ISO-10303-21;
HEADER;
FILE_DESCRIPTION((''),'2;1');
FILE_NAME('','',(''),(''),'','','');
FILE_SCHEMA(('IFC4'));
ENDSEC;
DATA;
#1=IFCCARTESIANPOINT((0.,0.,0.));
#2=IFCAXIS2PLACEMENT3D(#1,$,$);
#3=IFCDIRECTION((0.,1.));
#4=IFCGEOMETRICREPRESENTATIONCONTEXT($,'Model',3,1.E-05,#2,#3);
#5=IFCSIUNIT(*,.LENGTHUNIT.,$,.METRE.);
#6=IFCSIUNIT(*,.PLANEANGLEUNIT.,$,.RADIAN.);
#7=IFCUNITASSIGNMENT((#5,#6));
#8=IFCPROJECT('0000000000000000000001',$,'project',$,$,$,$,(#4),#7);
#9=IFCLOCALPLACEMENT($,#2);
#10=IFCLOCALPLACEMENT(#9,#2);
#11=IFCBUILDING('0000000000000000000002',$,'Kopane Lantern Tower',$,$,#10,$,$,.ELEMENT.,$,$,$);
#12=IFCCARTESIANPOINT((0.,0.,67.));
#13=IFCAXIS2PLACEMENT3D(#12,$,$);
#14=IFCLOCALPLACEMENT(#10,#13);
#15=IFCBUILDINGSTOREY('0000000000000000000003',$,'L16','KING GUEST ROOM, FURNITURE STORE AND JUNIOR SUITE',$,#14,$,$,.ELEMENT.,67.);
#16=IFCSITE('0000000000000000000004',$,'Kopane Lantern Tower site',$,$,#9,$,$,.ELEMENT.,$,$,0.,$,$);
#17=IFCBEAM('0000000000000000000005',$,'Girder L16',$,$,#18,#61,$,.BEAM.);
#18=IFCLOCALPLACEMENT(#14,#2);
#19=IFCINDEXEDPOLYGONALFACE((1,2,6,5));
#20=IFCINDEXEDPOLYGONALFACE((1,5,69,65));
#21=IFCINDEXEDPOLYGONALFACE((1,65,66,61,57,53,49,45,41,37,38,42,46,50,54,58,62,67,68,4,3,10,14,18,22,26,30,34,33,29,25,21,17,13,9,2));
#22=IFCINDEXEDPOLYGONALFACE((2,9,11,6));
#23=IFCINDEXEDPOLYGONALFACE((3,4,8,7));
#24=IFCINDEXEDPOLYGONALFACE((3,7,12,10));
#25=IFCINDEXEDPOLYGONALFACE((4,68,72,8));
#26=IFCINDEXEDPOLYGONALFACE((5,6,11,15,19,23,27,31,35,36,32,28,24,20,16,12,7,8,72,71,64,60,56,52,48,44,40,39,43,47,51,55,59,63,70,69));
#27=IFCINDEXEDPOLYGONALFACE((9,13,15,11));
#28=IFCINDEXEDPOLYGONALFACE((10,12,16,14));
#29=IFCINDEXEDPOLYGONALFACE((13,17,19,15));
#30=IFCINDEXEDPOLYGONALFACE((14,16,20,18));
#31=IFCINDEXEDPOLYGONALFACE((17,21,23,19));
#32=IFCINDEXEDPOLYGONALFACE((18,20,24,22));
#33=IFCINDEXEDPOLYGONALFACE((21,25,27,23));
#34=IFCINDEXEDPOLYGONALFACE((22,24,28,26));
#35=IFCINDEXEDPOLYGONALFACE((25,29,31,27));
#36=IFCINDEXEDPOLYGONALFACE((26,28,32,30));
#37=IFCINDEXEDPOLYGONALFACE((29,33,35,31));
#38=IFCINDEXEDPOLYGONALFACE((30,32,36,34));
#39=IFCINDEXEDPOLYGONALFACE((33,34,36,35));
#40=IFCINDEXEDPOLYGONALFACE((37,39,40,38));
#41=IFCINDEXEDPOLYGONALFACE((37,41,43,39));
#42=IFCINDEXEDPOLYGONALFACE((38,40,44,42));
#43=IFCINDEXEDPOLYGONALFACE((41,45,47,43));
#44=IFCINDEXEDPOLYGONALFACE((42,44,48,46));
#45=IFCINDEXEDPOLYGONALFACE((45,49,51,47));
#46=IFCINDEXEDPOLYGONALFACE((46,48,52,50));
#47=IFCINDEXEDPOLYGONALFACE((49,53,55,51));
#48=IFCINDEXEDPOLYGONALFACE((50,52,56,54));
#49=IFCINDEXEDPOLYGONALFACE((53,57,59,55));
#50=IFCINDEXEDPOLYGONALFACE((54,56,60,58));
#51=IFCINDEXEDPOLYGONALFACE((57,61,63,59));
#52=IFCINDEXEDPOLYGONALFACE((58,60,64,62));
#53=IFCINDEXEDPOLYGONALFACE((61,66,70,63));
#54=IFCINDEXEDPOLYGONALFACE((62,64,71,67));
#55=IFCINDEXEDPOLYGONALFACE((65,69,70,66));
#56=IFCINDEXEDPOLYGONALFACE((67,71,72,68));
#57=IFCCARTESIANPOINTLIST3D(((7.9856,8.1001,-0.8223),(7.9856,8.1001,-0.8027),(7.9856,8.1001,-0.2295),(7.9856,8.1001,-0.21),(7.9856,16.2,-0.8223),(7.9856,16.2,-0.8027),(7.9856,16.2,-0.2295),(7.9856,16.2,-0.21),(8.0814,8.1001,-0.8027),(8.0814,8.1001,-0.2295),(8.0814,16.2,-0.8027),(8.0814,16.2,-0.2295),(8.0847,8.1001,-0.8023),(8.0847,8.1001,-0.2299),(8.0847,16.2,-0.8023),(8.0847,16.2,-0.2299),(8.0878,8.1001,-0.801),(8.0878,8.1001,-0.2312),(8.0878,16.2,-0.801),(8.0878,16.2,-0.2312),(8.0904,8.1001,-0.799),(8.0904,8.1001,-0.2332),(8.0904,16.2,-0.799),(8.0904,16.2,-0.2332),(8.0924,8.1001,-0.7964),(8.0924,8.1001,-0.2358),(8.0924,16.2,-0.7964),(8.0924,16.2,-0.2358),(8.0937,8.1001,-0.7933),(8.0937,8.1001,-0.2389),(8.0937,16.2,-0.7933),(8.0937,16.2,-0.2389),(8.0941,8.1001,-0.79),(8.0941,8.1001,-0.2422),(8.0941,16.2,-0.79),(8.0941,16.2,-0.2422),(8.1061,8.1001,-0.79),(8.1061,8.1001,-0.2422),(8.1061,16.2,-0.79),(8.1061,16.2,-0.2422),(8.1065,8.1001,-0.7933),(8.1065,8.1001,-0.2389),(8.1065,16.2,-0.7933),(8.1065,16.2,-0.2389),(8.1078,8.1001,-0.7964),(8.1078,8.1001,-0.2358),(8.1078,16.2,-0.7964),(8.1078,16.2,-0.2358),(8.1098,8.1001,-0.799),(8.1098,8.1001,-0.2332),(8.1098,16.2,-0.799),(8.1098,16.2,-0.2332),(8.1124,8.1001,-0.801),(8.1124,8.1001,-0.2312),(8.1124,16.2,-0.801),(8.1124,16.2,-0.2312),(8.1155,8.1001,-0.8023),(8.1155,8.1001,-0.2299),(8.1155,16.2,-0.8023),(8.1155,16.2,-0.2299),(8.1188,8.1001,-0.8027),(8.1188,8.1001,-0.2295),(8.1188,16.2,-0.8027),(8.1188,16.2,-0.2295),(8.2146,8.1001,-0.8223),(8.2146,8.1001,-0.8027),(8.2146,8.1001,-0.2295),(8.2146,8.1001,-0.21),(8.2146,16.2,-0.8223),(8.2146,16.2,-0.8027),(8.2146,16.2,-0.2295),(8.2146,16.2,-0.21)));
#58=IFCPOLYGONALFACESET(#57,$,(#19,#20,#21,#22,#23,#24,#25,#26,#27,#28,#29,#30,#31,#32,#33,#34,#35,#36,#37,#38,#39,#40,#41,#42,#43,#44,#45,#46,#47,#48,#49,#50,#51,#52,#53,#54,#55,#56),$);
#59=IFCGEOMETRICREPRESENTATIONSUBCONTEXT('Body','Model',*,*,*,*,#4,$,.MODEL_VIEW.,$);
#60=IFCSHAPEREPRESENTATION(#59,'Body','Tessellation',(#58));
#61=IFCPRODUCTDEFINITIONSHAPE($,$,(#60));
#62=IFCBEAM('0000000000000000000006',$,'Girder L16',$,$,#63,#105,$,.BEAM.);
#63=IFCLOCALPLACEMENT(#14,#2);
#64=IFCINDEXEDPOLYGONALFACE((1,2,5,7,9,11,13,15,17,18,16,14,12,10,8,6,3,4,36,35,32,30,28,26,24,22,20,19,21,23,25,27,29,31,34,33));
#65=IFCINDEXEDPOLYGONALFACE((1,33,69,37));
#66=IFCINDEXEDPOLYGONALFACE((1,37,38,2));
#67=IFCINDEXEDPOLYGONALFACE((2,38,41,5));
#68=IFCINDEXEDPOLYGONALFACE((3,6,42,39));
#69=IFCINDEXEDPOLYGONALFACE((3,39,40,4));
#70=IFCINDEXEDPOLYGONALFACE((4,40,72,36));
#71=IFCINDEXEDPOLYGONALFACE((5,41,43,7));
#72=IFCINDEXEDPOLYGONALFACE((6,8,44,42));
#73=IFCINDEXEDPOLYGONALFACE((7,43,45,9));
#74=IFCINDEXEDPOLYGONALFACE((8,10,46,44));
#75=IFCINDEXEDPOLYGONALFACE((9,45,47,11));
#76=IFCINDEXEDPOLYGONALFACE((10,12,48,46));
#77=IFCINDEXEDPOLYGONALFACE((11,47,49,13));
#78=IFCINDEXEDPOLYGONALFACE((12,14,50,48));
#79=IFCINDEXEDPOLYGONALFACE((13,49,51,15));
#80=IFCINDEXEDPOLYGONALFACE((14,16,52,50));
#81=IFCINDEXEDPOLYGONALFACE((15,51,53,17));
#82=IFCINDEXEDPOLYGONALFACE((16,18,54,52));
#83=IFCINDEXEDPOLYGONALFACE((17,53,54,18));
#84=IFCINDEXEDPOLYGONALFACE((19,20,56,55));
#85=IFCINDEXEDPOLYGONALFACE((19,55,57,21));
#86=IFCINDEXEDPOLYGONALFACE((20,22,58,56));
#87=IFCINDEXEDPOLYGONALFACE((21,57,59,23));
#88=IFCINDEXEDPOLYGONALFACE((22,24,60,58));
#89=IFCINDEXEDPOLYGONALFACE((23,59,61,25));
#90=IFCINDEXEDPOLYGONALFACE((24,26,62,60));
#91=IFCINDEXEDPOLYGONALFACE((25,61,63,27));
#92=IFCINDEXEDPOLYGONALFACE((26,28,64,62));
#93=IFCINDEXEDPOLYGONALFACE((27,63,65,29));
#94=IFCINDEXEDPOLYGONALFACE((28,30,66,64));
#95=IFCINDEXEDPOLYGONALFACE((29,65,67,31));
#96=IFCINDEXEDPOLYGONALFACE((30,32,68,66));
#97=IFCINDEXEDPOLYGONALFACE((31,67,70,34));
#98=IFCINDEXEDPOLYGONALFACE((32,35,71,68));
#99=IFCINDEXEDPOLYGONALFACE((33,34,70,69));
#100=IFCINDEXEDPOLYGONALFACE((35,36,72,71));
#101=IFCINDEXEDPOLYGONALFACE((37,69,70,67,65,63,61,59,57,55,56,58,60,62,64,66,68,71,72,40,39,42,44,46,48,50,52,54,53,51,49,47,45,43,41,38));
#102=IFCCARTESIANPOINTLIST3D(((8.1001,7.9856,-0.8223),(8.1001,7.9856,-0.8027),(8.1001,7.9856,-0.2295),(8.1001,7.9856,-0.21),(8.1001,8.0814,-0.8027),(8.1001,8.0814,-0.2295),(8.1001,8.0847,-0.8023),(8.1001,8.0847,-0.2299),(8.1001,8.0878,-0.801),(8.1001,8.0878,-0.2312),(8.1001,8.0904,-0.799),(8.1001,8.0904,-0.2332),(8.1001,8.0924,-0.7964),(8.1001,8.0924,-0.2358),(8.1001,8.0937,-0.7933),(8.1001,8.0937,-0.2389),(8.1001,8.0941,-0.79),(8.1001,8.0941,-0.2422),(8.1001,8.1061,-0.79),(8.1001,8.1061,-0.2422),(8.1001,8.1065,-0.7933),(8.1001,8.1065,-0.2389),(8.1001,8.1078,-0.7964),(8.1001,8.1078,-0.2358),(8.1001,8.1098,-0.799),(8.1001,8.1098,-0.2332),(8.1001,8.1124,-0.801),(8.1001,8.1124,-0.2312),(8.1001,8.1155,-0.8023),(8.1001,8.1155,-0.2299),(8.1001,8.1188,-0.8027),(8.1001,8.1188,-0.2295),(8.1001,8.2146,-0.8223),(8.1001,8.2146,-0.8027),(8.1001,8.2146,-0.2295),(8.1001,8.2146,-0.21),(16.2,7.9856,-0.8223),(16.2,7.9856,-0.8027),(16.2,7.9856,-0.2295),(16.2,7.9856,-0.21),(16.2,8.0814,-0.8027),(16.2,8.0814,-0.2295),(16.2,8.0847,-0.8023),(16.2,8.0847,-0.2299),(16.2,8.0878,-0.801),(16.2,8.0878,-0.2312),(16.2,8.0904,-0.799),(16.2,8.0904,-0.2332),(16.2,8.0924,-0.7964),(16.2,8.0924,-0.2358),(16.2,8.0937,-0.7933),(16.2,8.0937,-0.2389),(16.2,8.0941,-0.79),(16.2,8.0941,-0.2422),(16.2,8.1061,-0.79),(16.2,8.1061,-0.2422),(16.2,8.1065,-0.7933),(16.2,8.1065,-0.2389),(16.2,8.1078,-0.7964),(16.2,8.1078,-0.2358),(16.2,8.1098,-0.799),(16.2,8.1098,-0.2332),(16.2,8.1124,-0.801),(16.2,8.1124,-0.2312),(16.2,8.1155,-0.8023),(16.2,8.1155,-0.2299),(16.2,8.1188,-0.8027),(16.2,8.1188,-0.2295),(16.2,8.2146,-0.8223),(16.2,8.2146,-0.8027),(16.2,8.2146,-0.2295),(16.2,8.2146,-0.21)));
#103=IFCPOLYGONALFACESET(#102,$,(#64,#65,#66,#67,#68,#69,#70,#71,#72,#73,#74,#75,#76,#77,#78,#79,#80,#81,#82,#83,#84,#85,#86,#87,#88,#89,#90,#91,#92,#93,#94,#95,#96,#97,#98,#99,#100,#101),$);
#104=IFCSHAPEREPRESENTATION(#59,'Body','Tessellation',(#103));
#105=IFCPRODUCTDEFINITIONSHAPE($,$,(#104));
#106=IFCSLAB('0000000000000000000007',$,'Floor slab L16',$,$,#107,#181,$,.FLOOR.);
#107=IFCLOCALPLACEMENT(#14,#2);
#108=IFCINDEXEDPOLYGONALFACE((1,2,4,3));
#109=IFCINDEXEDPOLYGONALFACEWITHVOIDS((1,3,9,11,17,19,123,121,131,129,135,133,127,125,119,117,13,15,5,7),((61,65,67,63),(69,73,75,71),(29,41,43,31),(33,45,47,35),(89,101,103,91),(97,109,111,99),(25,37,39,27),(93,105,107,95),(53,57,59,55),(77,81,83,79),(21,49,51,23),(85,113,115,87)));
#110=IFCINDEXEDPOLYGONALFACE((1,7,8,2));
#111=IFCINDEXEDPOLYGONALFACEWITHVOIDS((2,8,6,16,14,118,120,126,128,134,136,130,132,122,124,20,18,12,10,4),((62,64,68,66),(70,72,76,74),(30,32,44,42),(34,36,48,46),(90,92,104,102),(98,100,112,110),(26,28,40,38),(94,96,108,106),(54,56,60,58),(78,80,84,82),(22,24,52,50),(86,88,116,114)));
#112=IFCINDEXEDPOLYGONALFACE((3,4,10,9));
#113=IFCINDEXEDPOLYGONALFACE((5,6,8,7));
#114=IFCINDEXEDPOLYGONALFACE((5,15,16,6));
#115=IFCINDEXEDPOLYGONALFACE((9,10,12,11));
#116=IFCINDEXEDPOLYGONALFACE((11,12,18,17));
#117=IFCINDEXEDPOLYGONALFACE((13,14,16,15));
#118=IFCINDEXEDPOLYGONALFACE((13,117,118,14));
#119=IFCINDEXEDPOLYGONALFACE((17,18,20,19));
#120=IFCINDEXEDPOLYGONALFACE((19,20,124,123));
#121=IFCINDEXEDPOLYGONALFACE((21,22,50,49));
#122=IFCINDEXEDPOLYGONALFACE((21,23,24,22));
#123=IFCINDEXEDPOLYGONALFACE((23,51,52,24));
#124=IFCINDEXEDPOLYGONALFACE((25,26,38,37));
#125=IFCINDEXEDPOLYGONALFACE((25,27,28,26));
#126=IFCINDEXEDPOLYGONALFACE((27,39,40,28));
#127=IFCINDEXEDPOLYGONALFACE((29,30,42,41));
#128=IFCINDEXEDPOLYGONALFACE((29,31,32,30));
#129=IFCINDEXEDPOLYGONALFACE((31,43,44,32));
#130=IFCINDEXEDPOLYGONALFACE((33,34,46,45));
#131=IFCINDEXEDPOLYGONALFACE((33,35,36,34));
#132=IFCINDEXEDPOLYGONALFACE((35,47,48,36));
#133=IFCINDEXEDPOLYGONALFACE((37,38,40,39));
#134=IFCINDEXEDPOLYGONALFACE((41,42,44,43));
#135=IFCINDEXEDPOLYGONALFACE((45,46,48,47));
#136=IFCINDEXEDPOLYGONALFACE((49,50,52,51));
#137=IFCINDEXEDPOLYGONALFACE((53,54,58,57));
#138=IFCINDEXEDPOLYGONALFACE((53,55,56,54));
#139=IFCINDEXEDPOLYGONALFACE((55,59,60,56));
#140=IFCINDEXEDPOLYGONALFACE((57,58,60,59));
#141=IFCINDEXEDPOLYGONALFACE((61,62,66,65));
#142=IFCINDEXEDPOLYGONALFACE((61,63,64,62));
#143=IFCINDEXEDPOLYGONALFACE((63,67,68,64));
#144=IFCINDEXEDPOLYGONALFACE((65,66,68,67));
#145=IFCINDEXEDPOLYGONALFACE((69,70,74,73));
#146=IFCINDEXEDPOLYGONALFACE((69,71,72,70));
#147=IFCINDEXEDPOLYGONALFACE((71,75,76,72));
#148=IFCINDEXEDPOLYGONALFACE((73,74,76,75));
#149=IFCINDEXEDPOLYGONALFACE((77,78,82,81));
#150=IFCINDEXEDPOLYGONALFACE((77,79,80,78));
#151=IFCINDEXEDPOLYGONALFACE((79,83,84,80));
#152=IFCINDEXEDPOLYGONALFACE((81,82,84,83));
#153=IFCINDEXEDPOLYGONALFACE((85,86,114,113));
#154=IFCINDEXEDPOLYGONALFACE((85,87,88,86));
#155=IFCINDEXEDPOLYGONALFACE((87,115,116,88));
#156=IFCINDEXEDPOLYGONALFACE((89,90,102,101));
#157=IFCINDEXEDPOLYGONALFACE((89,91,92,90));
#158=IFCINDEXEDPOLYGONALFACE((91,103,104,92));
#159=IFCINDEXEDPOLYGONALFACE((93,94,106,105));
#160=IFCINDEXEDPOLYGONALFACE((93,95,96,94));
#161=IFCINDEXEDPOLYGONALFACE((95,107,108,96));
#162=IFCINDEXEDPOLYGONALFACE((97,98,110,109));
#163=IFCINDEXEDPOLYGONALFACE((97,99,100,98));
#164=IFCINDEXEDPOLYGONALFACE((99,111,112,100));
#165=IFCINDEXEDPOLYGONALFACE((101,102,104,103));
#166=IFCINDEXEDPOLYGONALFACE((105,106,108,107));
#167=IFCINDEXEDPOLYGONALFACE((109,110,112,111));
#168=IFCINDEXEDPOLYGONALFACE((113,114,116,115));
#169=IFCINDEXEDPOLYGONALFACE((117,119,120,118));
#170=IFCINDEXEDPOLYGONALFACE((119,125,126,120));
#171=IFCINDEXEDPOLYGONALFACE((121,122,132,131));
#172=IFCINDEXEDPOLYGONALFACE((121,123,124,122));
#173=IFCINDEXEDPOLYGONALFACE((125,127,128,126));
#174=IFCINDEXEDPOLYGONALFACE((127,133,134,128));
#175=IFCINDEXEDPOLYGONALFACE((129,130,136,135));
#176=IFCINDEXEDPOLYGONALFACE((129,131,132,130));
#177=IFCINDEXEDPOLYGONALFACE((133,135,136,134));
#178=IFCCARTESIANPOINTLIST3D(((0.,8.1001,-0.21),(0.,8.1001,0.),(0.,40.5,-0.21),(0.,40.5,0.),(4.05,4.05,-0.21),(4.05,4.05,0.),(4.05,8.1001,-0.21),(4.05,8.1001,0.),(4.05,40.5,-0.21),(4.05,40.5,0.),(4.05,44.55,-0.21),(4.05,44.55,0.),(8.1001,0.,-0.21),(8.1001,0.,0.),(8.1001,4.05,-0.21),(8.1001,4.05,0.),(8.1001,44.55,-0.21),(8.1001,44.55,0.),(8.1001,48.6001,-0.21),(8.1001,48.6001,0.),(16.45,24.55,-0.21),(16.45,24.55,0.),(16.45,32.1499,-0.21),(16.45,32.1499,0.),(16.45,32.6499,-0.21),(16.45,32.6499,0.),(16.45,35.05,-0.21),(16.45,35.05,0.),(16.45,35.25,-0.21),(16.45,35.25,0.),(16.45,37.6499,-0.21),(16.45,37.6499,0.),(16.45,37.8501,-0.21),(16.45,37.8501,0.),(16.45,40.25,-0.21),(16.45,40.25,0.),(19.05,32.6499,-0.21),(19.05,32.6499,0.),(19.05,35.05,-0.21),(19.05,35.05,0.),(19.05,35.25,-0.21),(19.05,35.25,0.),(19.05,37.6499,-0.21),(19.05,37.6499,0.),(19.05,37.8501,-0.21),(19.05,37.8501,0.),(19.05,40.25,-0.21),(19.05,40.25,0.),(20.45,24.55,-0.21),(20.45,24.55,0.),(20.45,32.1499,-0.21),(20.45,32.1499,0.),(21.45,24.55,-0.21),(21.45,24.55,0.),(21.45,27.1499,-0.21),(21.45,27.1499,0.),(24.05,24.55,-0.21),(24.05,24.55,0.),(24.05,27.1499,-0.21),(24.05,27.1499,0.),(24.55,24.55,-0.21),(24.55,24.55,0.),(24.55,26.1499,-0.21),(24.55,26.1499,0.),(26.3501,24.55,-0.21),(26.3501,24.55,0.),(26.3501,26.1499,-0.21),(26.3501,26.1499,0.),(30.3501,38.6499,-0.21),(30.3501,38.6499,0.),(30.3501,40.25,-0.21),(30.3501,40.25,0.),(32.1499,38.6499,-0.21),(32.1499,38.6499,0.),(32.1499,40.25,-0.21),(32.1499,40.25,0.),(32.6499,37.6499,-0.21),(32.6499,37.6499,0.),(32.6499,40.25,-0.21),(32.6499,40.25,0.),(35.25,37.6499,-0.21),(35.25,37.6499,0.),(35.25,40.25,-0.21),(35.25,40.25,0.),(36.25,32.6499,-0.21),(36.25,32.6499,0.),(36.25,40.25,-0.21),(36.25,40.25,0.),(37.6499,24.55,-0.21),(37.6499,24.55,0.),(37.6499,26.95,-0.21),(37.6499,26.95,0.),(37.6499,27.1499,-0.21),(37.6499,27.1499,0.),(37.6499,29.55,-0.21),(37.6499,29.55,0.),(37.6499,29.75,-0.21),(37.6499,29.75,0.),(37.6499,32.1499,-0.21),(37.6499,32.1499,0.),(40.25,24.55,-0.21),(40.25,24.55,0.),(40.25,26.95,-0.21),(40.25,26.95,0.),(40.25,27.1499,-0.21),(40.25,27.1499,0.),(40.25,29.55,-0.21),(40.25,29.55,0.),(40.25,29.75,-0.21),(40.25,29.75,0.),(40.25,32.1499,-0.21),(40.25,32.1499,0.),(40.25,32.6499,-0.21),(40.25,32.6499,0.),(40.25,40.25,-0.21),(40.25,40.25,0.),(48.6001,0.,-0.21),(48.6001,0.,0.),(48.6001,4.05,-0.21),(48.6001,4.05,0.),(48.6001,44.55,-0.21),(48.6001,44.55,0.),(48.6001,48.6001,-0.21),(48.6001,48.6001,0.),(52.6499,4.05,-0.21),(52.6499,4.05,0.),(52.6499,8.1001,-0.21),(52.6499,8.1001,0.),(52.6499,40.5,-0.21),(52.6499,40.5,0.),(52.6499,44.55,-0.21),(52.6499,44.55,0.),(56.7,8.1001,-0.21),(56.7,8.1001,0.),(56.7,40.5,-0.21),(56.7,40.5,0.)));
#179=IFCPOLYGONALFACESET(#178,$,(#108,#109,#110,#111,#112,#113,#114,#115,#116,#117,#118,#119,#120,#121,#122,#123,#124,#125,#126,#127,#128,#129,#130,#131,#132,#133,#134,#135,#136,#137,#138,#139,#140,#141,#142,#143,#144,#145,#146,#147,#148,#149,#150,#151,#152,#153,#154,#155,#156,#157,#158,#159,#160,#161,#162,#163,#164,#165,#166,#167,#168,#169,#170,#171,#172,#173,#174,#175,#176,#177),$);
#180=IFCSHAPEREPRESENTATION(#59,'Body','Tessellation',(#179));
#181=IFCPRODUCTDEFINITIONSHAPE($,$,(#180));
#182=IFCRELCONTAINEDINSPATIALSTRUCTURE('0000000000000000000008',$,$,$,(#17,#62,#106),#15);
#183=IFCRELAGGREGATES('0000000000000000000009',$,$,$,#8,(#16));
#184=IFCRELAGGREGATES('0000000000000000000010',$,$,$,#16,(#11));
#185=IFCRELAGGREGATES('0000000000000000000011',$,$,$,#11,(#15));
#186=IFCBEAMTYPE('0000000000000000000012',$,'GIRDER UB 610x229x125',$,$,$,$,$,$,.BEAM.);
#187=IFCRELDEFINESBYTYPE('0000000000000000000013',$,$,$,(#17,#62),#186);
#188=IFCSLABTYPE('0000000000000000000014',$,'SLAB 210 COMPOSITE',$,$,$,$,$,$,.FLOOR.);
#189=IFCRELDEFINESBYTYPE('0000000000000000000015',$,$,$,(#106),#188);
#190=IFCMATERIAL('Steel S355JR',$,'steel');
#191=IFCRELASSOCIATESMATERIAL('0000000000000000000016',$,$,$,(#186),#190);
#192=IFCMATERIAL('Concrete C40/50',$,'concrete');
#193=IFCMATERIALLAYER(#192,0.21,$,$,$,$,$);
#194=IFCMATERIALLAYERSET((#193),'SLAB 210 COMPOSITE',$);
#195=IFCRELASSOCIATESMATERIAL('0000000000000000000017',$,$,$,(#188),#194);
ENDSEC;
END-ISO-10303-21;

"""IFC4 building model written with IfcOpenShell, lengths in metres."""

from ifc_helpers import new_model, si_unit, direction, frame, origin, origin_2d, place, context, subcontext, project, spatial, polyline, i_section, outline, extrude, material, layer, layer_set, material_profile, profile_set, type_object, element, save


model = new_model("IFC4")

# Units and contexts
model_context = context("Model", 3, precision=1e-05, world=origin(), true_north=direction((0.0, 1.0)))
body_context = subcontext(model_context, "Body", "Model", "MODEL_VIEW")
ifc_project = project(units=[si_unit("LENGTHUNIT", "METRE"), si_unit("PLANEANGLEUNIT", "RADIAN")], contexts=[model_context])

# Site, building, storey
site_placement = place(None, origin())
site = spatial("IfcSite", under=ifc_project, at=site_placement, Name="Kopane Lantern Tower site", CompositionType="ELEMENT", RefElevation=0.0)
building_placement = place(site_placement, origin())
building = spatial("IfcBuilding", under=site, at=building_placement, Name="Kopane Lantern Tower", CompositionType="ELEMENT")
storey_placement = place(building_placement, frame((0.0, 0.0, 67.0)))
storey = spatial("IfcBuildingStorey", under=building, at=storey_placement, Name="L16", Description="KING GUEST ROOM, FURNITURE STORE AND JUNIOR SUITE", CompositionType="ELEMENT", Elevation=67.0)

# Beams
ifc_material_1 = material(Name="Steel S355JR", Category="steel")
ifc_material_profile_1 = material_profile(ifc_material_1, i_section(OverallWidth=0.229, OverallDepth=0.6123, WebThickness=0.012, FlangeThickness=0.0195, FilletRadius=0.0127, at=origin_2d()), Name="UB 610x229x125")
ifc_profile_set_1 = profile_set([ifc_material_profile_1], Name="Steel S355JR")
beam_type_1 = type_object("IfcBeamType", Name="GIRDER UB 610x229x125", PredefinedType="BEAM", material=ifc_profile_set_1)
for number, where, z_axis, x_axis, name in (
    (1, (8.1001, 8.1001, -0.5161), (0.0, 1.0, 0.0), (-1.0, 0.0, 0.0), "Girder L16"),
    (2, (8.1001, 8.1001, -0.5161), (1.0, 0.0, 0.0), (0.0, 1.0, 0.0), "Girder L16"),
):
    element("IfcBeam", number, at=place(storey_placement, frame(where, z_axis=z_axis, x_axis=x_axis)), inside=storey, type_object=beam_type_1, Name=name, PredefinedType="BEAM", context=body_context, shape_type="SweptSolid", body=[
        extrude(i_section(OverallWidth=0.229, OverallDepth=0.6123, WebThickness=0.012, FlangeThickness=0.0195, FilletRadius=0.0127, at=origin_2d()), origin(), (0.0, 0.0, 1.0), 8.0999),
    ])

# Slab
ifc_material_2 = material(Name="Concrete C40/50", Category="concrete")
ifc_layer_1 = layer(ifc_material_2, 0.21)
ifc_layer_set_1 = layer_set([ifc_layer_1], Name="SLAB 210 COMPOSITE")
slab_type_1 = type_object("IfcSlabType", Name="SLAB 210 COMPOSITE", PredefinedType="FLOOR", material=ifc_layer_set_1)
slab_1_placement = place(storey_placement, frame((0.0, 0.0, -0.21)))
element("IfcSlab", 3, at=slab_1_placement, inside=storey, type_object=slab_type_1, Name="Floor slab L16", PredefinedType="FLOOR", context=body_context, shape_type="SweptSolid", body=[
    extrude(outline(polyline([(8.1001, 0.0), (48.6001, 0.0), (48.6001, 4.05), (52.6499, 4.05), (52.6499, 8.1001), (56.7, 8.1001), (56.7, 40.5), (52.6499, 40.5), (52.6499, 44.55), (48.6001, 44.55), (48.6001, 48.6001), (8.1001, 48.6001), (8.1001, 44.55), (4.05, 44.55), (4.05, 40.5), (0.0, 40.5), (0.0, 8.1001), (4.05, 8.1001), (4.05, 4.05), (8.1001, 4.05), (8.1001, 0.0)]), holes=[polyline([(16.45, 24.55), (20.45, 24.55), (20.45, 32.1499), (16.45, 32.1499), (16.45, 24.55)]), polyline([(36.25, 32.6499), (40.25, 32.6499), (40.25, 40.25), (36.25, 40.25), (36.25, 32.6499)]), polyline([(16.45, 32.6499), (19.05, 32.6499), (19.05, 35.05), (16.45, 35.05), (16.45, 32.6499)]), polyline([(16.45, 35.25), (19.05, 35.25), (19.05, 37.6499), (16.45, 37.6499), (16.45, 35.25)]), polyline([(16.45, 37.8501), (19.05, 37.8501), (19.05, 40.25), (16.45, 40.25), (16.45, 37.8501)]), polyline([(37.6499, 24.55), (40.25, 24.55), (40.25, 26.95), (37.6499, 26.95), (37.6499, 24.55)]), polyline([(37.6499, 27.1499), (40.25, 27.1499), (40.25, 29.55), (37.6499, 29.55), (37.6499, 27.1499)]), polyline([(37.6499, 29.75), (40.25, 29.75), (40.25, 32.1499), (37.6499, 32.1499), (37.6499, 29.75)]), polyline([(21.45, 24.55), (24.05, 24.55), (24.05, 27.1499), (21.45, 27.1499), (21.45, 24.55)]), polyline([(32.6499, 37.6499), (35.25, 37.6499), (35.25, 40.25), (32.6499, 40.25), (32.6499, 37.6499)]), polyline([(24.55, 24.55), (26.3501, 24.55), (26.3501, 26.1499), (24.55, 26.1499), (24.55, 24.55)]), polyline([(30.3501, 38.6499), (32.1499, 38.6499), (32.1499, 40.25), (30.3501, 40.25), (30.3501, 38.6499)])]), origin(), (0.0, 0.0, 1.0), 0.21),
])

save(model, "model.ifc")
